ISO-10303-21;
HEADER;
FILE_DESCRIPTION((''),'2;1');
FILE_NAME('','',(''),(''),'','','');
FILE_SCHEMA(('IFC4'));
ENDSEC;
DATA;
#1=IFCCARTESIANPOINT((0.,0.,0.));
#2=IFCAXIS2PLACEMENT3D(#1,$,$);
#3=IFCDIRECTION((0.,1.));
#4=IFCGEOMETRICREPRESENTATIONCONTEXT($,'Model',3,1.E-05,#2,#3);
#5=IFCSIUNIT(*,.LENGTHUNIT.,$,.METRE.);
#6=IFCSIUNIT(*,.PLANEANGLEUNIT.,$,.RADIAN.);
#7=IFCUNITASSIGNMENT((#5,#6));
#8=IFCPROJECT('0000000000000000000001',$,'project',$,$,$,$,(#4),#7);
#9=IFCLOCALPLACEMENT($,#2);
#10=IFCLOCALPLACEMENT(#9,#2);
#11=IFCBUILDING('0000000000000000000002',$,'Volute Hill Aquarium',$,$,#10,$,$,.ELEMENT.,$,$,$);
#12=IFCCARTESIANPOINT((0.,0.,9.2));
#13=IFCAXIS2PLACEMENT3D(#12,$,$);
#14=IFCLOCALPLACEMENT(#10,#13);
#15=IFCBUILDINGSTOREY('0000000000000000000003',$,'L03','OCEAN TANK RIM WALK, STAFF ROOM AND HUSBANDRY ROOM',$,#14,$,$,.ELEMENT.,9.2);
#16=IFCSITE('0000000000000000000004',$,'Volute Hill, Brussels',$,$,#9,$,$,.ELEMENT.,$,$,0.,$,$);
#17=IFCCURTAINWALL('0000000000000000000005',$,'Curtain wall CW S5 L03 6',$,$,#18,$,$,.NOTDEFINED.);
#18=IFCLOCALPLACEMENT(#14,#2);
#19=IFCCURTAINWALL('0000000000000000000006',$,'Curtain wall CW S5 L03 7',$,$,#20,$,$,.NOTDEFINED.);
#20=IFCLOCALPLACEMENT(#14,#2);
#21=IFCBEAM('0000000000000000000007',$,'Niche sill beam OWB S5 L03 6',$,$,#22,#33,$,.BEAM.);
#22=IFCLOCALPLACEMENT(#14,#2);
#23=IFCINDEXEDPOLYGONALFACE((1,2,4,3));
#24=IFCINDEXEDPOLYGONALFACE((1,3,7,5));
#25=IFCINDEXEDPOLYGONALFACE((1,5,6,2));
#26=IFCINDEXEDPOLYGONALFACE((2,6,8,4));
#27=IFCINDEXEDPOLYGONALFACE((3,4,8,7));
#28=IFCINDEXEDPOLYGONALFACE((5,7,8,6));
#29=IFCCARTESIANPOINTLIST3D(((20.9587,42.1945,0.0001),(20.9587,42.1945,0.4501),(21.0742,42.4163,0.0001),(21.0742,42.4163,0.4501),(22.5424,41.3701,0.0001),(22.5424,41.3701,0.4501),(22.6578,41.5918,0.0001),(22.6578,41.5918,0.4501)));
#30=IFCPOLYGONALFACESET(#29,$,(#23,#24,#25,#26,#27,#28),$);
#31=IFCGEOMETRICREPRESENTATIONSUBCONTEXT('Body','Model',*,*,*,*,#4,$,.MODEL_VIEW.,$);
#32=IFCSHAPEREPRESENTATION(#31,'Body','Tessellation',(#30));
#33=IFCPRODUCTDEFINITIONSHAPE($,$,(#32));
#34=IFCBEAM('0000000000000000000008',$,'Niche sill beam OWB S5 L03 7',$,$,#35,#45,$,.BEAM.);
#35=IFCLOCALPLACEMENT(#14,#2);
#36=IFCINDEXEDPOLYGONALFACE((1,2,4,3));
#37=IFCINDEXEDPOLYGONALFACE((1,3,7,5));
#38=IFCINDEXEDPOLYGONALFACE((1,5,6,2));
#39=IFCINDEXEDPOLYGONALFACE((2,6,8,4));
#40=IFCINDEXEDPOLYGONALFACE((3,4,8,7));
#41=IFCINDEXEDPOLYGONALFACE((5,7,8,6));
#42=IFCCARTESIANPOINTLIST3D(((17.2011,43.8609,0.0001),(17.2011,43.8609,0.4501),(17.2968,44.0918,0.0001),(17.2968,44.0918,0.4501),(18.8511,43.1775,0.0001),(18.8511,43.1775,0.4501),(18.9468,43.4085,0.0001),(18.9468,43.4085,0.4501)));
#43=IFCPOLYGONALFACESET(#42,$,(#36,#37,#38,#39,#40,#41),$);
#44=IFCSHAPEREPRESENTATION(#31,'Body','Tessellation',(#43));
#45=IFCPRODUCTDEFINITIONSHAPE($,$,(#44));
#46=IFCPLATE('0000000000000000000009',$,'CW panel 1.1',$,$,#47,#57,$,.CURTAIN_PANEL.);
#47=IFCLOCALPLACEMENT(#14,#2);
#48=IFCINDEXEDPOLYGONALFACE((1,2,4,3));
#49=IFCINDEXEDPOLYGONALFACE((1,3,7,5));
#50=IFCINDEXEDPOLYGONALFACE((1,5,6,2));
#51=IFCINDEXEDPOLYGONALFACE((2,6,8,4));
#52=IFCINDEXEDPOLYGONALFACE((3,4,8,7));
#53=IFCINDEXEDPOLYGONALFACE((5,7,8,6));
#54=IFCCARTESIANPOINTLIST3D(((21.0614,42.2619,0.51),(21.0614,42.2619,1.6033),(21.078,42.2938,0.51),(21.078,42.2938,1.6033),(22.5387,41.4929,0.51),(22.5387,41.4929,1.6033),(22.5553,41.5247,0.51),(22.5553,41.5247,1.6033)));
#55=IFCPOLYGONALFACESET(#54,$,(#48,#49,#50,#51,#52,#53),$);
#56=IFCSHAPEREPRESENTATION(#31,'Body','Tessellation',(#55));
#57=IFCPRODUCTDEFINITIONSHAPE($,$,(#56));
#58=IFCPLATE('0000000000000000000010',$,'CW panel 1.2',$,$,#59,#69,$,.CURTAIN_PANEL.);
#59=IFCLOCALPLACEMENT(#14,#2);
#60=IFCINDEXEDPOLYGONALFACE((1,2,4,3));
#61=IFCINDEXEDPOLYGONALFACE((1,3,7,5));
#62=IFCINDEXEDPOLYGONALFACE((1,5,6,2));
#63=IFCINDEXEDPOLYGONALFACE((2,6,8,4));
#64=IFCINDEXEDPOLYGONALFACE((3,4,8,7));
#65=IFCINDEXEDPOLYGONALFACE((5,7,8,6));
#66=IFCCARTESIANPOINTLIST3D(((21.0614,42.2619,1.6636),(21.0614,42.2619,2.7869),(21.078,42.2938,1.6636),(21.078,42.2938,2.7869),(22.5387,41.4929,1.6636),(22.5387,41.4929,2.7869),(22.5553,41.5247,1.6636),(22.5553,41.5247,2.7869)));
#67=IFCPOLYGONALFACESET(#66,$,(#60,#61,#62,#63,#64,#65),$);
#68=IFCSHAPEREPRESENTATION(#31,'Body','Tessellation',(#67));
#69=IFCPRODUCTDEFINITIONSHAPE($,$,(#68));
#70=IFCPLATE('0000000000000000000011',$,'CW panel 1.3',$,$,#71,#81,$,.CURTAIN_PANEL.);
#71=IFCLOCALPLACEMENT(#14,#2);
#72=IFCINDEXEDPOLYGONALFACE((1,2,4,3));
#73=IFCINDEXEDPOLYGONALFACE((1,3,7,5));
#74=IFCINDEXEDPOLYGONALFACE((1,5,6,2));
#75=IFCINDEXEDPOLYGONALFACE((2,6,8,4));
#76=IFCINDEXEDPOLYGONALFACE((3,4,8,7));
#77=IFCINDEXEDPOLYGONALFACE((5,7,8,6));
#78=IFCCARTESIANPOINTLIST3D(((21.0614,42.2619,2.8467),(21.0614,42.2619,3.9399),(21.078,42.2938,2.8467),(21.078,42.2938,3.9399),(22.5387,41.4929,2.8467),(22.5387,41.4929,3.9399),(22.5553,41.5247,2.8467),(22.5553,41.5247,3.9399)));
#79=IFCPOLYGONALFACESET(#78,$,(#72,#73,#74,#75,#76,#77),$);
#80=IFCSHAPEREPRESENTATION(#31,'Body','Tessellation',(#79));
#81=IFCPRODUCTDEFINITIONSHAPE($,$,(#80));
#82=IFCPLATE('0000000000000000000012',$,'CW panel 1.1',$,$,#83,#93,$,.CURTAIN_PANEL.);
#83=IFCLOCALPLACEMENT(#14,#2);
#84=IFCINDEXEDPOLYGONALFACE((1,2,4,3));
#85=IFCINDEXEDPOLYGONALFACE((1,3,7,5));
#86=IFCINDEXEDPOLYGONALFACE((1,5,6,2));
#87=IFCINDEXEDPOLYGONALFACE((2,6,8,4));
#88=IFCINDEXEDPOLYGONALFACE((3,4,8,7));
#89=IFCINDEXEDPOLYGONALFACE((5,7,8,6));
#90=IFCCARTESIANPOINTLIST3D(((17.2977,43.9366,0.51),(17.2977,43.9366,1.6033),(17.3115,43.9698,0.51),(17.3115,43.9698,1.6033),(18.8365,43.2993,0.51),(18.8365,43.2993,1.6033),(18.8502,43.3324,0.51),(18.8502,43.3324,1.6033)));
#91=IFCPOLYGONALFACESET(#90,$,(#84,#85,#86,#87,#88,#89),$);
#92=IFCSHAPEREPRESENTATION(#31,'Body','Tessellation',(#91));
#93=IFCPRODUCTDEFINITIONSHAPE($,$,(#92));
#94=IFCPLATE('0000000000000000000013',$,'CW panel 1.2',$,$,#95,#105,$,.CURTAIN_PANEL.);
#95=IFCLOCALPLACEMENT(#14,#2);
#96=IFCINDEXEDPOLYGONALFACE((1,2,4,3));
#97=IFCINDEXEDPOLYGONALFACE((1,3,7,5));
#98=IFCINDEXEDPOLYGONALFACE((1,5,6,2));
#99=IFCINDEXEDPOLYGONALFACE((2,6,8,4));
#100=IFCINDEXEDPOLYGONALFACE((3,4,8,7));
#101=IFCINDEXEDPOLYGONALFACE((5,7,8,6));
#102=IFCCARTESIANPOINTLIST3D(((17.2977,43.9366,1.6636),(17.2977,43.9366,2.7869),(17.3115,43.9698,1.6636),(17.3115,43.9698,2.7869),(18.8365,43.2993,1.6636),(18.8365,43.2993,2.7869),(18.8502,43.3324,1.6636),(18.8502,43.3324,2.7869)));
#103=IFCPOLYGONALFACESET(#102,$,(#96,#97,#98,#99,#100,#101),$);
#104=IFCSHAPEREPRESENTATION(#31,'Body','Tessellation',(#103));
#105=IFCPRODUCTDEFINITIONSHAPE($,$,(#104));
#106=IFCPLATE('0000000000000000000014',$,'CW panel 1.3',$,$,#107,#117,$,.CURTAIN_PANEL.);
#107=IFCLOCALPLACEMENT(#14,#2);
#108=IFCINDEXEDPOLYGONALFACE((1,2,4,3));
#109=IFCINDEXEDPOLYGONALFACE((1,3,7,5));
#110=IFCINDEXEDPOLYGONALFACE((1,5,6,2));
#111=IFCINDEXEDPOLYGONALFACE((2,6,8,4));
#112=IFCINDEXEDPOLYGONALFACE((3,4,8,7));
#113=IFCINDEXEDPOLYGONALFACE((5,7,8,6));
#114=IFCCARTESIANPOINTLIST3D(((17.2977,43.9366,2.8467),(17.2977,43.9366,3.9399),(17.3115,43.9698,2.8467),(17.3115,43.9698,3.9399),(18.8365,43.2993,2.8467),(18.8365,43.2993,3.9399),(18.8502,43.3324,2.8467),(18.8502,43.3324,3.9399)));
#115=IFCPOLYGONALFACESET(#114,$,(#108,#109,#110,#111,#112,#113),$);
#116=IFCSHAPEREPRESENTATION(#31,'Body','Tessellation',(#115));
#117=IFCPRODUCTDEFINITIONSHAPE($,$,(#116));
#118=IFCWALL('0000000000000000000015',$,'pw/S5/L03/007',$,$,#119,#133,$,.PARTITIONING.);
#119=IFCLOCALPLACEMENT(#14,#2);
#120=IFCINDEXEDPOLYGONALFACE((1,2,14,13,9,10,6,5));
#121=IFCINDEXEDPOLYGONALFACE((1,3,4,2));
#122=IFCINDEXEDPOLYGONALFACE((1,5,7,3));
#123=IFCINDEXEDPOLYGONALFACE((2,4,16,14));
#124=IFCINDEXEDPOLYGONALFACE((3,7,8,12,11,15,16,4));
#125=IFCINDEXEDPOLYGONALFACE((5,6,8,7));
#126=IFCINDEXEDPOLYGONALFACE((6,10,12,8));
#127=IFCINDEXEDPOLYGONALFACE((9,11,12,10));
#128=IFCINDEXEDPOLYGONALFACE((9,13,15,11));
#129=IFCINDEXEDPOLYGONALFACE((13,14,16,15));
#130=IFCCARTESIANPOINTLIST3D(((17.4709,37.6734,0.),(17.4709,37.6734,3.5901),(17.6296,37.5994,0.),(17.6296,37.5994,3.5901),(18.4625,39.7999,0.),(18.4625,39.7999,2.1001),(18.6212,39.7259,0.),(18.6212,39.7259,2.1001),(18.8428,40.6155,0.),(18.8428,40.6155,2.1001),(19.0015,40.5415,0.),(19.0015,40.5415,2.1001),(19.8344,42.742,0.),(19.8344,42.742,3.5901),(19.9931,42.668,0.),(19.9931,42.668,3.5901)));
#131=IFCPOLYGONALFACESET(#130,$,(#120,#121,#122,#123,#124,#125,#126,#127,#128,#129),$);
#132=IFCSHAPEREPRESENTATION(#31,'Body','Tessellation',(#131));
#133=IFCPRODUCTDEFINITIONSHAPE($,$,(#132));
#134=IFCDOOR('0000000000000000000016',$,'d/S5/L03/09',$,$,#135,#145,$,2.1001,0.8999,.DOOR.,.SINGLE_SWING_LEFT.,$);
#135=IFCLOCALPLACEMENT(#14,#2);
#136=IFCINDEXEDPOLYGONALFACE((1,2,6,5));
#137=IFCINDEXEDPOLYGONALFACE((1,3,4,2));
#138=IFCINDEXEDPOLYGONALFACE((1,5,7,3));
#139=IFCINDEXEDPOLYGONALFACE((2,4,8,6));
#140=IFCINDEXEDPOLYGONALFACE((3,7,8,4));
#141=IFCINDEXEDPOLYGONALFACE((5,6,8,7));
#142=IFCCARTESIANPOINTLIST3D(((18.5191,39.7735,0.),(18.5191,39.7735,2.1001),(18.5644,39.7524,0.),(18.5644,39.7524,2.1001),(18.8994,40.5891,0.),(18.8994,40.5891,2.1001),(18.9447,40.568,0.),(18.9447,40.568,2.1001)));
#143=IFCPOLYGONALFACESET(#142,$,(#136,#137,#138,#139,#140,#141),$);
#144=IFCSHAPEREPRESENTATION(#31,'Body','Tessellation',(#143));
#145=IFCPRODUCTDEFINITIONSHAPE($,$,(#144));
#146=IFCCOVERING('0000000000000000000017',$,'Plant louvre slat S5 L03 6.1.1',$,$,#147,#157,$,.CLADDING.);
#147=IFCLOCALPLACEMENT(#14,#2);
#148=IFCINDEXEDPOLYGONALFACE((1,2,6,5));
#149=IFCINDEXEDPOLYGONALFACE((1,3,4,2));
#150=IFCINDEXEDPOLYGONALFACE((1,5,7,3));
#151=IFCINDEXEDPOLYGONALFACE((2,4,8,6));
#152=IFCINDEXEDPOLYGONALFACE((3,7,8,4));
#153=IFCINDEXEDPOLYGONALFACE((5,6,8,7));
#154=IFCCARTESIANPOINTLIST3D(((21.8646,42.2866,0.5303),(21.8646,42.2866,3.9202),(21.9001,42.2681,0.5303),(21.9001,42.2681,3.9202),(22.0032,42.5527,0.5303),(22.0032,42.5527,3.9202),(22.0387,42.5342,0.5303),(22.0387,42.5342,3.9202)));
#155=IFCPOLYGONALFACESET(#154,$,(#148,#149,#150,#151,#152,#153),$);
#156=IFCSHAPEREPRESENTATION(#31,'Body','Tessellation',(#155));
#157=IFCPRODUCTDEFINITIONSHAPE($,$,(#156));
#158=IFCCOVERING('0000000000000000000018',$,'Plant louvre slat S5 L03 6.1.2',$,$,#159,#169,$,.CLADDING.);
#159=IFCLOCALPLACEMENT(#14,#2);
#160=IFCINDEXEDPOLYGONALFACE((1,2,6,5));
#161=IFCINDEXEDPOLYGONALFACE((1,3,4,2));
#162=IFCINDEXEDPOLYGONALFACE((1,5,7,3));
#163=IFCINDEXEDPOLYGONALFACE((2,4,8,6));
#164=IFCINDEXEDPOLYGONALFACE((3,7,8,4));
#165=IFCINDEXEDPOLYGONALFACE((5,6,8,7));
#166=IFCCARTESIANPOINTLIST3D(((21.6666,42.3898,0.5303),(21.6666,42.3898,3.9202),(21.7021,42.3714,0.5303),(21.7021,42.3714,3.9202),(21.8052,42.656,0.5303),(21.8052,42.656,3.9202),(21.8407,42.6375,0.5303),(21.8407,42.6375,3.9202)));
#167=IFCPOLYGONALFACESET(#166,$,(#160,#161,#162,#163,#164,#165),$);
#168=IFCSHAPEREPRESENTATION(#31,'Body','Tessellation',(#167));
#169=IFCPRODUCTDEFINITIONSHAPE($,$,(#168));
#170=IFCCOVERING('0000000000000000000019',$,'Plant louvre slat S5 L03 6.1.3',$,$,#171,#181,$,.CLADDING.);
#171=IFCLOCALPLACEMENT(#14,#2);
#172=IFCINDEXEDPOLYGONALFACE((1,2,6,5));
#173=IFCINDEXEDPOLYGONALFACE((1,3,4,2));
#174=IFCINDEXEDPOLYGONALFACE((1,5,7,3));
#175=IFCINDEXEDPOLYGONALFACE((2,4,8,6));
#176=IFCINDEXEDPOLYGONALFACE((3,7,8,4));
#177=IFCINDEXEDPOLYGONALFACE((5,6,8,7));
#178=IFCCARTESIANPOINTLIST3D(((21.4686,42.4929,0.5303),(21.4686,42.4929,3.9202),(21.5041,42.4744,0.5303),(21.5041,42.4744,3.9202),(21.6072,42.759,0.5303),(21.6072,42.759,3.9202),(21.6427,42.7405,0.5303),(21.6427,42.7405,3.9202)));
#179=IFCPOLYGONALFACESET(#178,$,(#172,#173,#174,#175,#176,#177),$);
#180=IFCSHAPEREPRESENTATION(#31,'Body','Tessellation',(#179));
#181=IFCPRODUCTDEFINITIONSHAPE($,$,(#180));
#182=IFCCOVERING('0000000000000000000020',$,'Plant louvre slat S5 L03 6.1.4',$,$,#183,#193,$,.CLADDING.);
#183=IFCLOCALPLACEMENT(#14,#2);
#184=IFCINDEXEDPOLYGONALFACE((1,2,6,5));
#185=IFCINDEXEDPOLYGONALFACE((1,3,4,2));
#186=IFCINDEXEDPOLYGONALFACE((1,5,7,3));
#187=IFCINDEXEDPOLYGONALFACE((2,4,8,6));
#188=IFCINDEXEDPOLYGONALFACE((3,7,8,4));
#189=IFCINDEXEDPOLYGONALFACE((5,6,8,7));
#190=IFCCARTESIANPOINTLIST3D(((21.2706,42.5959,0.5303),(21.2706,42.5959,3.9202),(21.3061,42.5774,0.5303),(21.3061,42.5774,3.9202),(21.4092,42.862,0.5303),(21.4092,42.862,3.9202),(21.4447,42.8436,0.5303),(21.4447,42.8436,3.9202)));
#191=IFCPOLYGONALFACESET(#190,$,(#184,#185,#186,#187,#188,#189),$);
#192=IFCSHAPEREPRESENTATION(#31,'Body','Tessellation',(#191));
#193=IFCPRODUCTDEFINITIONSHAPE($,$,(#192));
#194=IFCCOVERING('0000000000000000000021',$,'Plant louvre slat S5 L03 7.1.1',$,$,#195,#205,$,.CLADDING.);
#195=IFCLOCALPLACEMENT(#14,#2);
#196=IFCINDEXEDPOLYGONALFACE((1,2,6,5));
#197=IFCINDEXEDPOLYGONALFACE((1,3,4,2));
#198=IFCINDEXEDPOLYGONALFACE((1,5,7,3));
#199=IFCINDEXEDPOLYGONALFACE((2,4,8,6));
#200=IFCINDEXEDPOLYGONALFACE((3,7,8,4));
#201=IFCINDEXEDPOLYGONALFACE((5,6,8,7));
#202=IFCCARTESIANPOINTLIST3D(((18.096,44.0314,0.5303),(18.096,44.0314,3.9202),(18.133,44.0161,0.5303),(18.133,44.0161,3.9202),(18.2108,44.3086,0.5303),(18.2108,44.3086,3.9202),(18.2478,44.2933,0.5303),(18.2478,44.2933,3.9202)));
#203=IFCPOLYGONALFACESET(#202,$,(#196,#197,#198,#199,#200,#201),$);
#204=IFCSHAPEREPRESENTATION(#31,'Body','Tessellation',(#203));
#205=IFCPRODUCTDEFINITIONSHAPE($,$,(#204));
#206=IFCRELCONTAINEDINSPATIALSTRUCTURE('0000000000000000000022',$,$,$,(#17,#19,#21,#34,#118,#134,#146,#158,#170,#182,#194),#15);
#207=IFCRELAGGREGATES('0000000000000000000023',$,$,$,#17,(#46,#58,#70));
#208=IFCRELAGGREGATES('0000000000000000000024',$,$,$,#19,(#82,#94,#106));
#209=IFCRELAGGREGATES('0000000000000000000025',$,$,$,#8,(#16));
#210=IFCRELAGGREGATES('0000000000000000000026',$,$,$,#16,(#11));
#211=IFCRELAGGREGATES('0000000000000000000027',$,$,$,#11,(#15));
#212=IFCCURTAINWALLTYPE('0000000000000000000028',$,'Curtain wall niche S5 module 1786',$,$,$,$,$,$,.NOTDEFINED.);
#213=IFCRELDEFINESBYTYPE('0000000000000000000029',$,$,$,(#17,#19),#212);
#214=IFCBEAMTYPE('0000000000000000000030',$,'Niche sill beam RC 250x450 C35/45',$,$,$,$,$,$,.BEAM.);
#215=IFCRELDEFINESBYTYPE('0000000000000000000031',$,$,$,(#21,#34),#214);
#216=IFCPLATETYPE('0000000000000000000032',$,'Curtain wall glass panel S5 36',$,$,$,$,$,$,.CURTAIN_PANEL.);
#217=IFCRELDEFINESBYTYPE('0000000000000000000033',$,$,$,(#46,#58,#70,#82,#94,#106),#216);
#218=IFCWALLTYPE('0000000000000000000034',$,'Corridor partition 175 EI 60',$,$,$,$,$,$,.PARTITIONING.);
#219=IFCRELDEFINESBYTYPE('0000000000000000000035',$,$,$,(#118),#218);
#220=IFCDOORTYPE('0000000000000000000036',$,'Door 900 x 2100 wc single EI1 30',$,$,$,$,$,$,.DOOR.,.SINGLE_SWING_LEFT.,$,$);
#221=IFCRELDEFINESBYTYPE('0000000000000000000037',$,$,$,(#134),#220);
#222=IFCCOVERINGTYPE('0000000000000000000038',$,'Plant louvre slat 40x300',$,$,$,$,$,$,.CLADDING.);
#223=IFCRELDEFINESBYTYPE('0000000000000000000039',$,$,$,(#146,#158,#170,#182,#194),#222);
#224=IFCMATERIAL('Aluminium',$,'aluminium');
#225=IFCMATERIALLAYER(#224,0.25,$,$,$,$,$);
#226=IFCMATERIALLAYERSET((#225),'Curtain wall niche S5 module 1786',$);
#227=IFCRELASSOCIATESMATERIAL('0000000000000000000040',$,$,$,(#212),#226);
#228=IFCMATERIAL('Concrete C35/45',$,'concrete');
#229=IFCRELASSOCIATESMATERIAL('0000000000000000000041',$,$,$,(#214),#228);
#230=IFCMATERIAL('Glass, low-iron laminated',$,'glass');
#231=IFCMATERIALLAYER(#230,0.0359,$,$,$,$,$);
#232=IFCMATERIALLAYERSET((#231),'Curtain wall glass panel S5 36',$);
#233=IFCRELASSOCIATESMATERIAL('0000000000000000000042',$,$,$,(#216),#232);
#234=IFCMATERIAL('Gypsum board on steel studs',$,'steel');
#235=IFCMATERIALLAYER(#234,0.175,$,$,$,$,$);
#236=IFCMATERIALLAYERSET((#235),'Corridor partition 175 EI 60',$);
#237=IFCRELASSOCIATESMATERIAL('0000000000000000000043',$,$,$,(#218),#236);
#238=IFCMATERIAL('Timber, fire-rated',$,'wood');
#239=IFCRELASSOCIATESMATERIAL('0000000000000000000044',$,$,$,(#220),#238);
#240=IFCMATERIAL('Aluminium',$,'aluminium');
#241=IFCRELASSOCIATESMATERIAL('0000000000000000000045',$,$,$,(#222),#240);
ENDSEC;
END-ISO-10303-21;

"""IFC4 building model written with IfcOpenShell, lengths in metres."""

from ifc_helpers import new_model, si_unit, direction, frame, frame_2d, origin, origin_2d, place, context, subcontext, project, spatial, rectangle, extrude, material, layer, layer_set, material_profile, profile_set, type_object, element, fill, aggregate, save


model = new_model("IFC4")

# Units and contexts
model_context = context("Model", 3, precision=1e-05, world=origin(), true_north=direction((0.0, 1.0)))
body_context = subcontext(model_context, "Body", "Model", "MODEL_VIEW")
ifc_project = project(units=[si_unit("LENGTHUNIT", "METRE"), si_unit("PLANEANGLEUNIT", "RADIAN")], contexts=[model_context])

# Site, building, storey
site_placement = place(None, origin())
site = spatial("IfcSite", under=ifc_project, at=site_placement, Name="Volute Hill, Brussels", CompositionType="ELEMENT", RefElevation=0.0)
building_placement = place(site_placement, origin())
building = spatial("IfcBuilding", under=site, at=building_placement, Name="Volute Hill Aquarium", CompositionType="ELEMENT")
storey_placement = place(building_placement, frame((0.0, 0.0, 9.2)))
storey = spatial("IfcBuildingStorey", under=building, at=storey_placement, Name="L03", Description="OCEAN TANK RIM WALK, STAFF ROOM AND HUSBANDRY ROOM", CompositionType="ELEMENT", Elevation=9.2)

# Curtain wall
ifc_material_1 = material(Name="Aluminium", Category="aluminium")
ifc_layer_1 = layer(ifc_material_1, 0.25)
ifc_layer_set_1 = layer_set([ifc_layer_1], Name="Curtain wall niche S5 module 1786")
curtain_wall_type = type_object("IfcCurtainWallType", Name="Curtain wall niche S5 module 1786", PredefinedType="NOTDEFINED", material=ifc_layer_set_1)
curtain_wall_1_placement = place(storey_placement, origin())
curtain_wall_1 = element("IfcCurtainWall", 1, at=curtain_wall_1_placement, inside=storey, type_object=curtain_wall_type, Name="Curtain wall CW S5 L03 6", PredefinedType="NOTDEFINED")

# Curtain wall
curtain_wall_2_placement = place(storey_placement, origin())
curtain_wall_2 = element("IfcCurtainWall", 2, at=curtain_wall_2_placement, inside=storey, type_object=curtain_wall_type, Name="Curtain wall CW S5 L03 7", PredefinedType="NOTDEFINED")

# Beams
ifc_material_2 = material(Name="Concrete C35/45", Category="concrete")
ifc_material_profile_1 = material_profile(ifc_material_2, rectangle(XDim=0.25, YDim=0.45, at=origin_2d()), Name="RC beam 250x450")
ifc_profile_set_1 = profile_set([ifc_material_profile_1], Name="Concrete C35/45")
beam_type_1 = type_object("IfcBeamType", Name="Niche sill beam RC 250x450 C35/45", PredefinedType="BEAM", material=ifc_profile_set_1)
beam_1_placement = place(storey_placement, frame((22.6001, 41.481, 0.2251), z_axis=(-0.887006, 0.461757, 0.0), x_axis=(-0.461757, -0.887006, 0.0)))
element("IfcBeam", 3, at=beam_1_placement, inside=storey, type_object=beam_type_1, Name="Niche sill beam OWB S5 L03 6", PredefinedType="BEAM", context=body_context, shape_type="SweptSolid", body=[
    extrude(rectangle(XDim=0.25, YDim=0.45, at=origin_2d()), origin(), (0.0, 0.0, 1.0), 1.7854),
])
beam_2_placement = place(storey_placement, frame((18.8989, 43.293, 0.2251), z_axis=(-0.923892, 0.382654, 0.0), x_axis=(-0.382654, -0.923892, 0.0)))
element("IfcBeam", 4, at=beam_2_placement, inside=storey, type_object=beam_type_1, Name="Niche sill beam OWB S5 L03 7", PredefinedType="BEAM", context=body_context, shape_type="SweptSolid", body=[
    extrude(rectangle(XDim=0.25, YDim=0.45, at=origin_2d()), origin(), (0.0, 0.0, 1.0), 1.7859),
])

# Plates
ifc_material_3 = material(Name="Glass, low-iron laminated", Category="glass")
ifc_layer_2 = layer(ifc_material_3, 0.0359)
ifc_layer_set_2 = layer_set([ifc_layer_2], Name="Curtain wall glass panel S5 36")
plate_type = type_object("IfcPlateType", Name="Curtain wall glass panel S5 36", PredefinedType="CURTAIN_PANEL", material=ifc_layer_set_2)
plate_1_placement = place(storey_placement, frame((21.8083, 41.8933, 0.51), z_axis=(0.0, 0.0, 1.0), x_axis=(-0.887007, 0.461755, 0.0)))
plate_1 = element("IfcPlate", 5, at=plate_1_placement, type_object=plate_type, Name="CW panel 1.1", PredefinedType="CURTAIN_PANEL", context=body_context, shape_type="SweptSolid", body=[
    extrude(rectangle(XDim=1.6655, YDim=0.0359, at=origin_2d()), origin(), (0.0, 0.0, 1.0), 1.0933),
])
plate_2_placement = place(storey_placement, frame((21.8083, 41.8933, 1.6636), z_axis=(0.0, 0.0, 1.0), x_axis=(-0.887007, 0.461755, 0.0)))
plate_2 = element("IfcPlate", 6, at=plate_2_placement, type_object=plate_type, Name="CW panel 1.2", PredefinedType="CURTAIN_PANEL", context=body_context, shape_type="SweptSolid", body=[
    extrude(rectangle(XDim=1.6655, YDim=0.0359, at=origin_2d()), origin(), (0.0, 0.0, 1.0), 1.1233),
])
plate_3_placement = place(storey_placement, frame((21.8083, 41.8933, 2.8467), z_axis=(0.0, 0.0, 1.0), x_axis=(-0.887007, 0.461755, 0.0)))
plate_3 = element("IfcPlate", 7, at=plate_3_placement, type_object=plate_type, Name="CW panel 1.3", PredefinedType="CURTAIN_PANEL", context=body_context, shape_type="SweptSolid", body=[
    extrude(rectangle(XDim=1.6655, YDim=0.0359, at=origin_2d()), origin(), (0.0, 0.0, 1.0), 1.0933),
])
aggregate(curtain_wall_1, [plate_1, plate_2, plate_3])
plate_4_placement = place(storey_placement, frame((18.074, 43.6345, 0.51), z_axis=(0.0, 0.0, 1.0), x_axis=(-0.923878, 0.382686, 0.0)))
plate_4 = element("IfcPlate", 8, at=plate_4_placement, type_object=plate_type, Name="CW panel 1.1", PredefinedType="CURTAIN_PANEL", context=body_context, shape_type="SweptSolid", body=[
    extrude(rectangle(XDim=1.6655, YDim=0.0359, at=origin_2d()), origin(), (0.0, 0.0, 1.0), 1.0933),
])
plate_5_placement = place(storey_placement, frame((18.074, 43.6345, 1.6636), z_axis=(0.0, 0.0, 1.0), x_axis=(-0.923878, 0.382686, 0.0)))
plate_5 = element("IfcPlate", 9, at=plate_5_placement, type_object=plate_type, Name="CW panel 1.2", PredefinedType="CURTAIN_PANEL", context=body_context, shape_type="SweptSolid", body=[
    extrude(rectangle(XDim=1.6655, YDim=0.0359, at=origin_2d()), origin(), (0.0, 0.0, 1.0), 1.1233),
])
plate_6_placement = place(storey_placement, frame((18.074, 43.6345, 2.8467), z_axis=(0.0, 0.0, 1.0), x_axis=(-0.923878, 0.382686, 0.0)))
plate_6 = element("IfcPlate", 10, at=plate_6_placement, type_object=plate_type, Name="CW panel 1.3", PredefinedType="CURTAIN_PANEL", context=body_context, shape_type="SweptSolid", body=[
    extrude(rectangle(XDim=1.6655, YDim=0.0359, at=origin_2d()), origin(), (0.0, 0.0, 1.0), 1.0933),
])
aggregate(curtain_wall_2, [plate_4, plate_5, plate_6])

# Wall, opening, door
ifc_material_4 = material(Name="Gypsum board on steel studs", Category="steel")
ifc_layer_3 = layer(ifc_material_4, 0.175)
ifc_layer_set_3 = layer_set([ifc_layer_3], Name="Corridor partition 175 EI 60")
wall_type = type_object("IfcWallType", Name="Corridor partition 175 EI 60", PredefinedType="PARTITIONING", material=ifc_layer_set_3)
wall_placement = place(storey_placement, frame((19.9138, 42.7051, 0.0), z_axis=(0.0, 0.0, 1.0), x_axis=(-0.422618, -0.906308, 0.0)))
wall = element("IfcWall", 11, at=wall_placement, inside=storey, type_object=wall_type, Name="pw/S5/L03/007", PredefinedType="PARTITIONING", context=body_context, shape_type="SweptSolid", body=[
    extrude(rectangle(XDim=5.5925, YDim=0.175, at=frame_2d((2.7964, 0.0))), origin(), (0.0, 0.0, 1.0), 3.5901),
])
opening_placement = place(wall_placement, frame((2.3464, 0.0, 0.0)))
opening = element("IfcOpeningElement", 12, at=opening_placement, cuts=wall, PredefinedType="OPENING", context=body_context, shape_type="SweptSolid", body=[
    extrude(rectangle(XDim=0.8999, YDim=2.1001, at=frame_2d((0.45, 1.05))), frame((0.0, 0.0974, 0.0), z_axis=(0.0, -1.0, 0.0), x_axis=(1.0, 0.0, 0.0)), (0.0, 0.0, 1.0), 0.1951),
])
ifc_material_5 = material(Name="Timber, fire-rated", Category="wood")
door_type = type_object("IfcDoorType", Name="Door 900 x 2100 wc single EI1 30", OperationType="SINGLE_SWING_LEFT", PredefinedType="DOOR", material=ifc_material_5)
door_placement = place(opening_placement, origin())
door = element("IfcDoor", 13, at=door_placement, inside=storey, type_object=door_type, Name="d/S5/L03/09", OperationType="SINGLE_SWING_LEFT", OverallHeight=2.1001, OverallWidth=0.8999, PredefinedType="DOOR", context=body_context, shape_type="SweptSolid", body=[
    extrude(rectangle(XDim=0.8999, YDim=2.1001, at=frame_2d((0.45, 1.05))), frame((0.0, 0.0249, 0.0), z_axis=(0.0, -1.0, 0.0), x_axis=(1.0, 0.0, 0.0)), (0.0, 0.0, 1.0), 0.05),
])
fill(opening, door)

# Coverings
ifc_material_6 = material(Name="Aluminium", Category="aluminium")
covering_type_1 = type_object("IfcCoveringType", Name="Plant louvre slat 40x300", PredefinedType="CLADDING", material=ifc_material_6)
for number, where, z_axis, x_axis, name in (
    (14, (21.9517, 42.4104, 0.5303), (0.0, 0.0, 1.0), (-0.887007, 0.461757, 0.0), "Plant louvre slat S5 L03 6.1.1"),
    (15, (21.7537, 42.5137, 0.5303), (0.0, 0.0, 1.0), (-0.887007, 0.461757, 0.0), "Plant louvre slat S5 L03 6.1.2"),
    (16, (21.5557, 42.6167, 0.5303), (0.0, 0.0, 1.0), (-0.887007, 0.461757, 0.0), "Plant louvre slat S5 L03 6.1.3"),
    (17, (21.3577, 42.7197, 0.5303), (0.0, 0.0, 1.0), (-0.887007, 0.461757, 0.0), "Plant louvre slat S5 L03 6.1.4"),
    (18, (18.1719, 44.1624, 0.5303), (0.0, 0.0, 1.0), (-0.923879, 0.382686, 0.0), "Plant louvre slat S5 L03 7.1.1"),
):
    element("IfcCovering", number, at=place(storey_placement, frame(where, z_axis=z_axis, x_axis=x_axis)), inside=storey, type_object=covering_type_1, Name=name, PredefinedType="CLADDING", context=body_context, shape_type="SweptSolid", body=[
        extrude(rectangle(XDim=0.04, YDim=0.3, at=origin_2d()), origin(), (0.0, 0.0, 1.0), 3.3899),
    ])

save(model, "model.ifc")
